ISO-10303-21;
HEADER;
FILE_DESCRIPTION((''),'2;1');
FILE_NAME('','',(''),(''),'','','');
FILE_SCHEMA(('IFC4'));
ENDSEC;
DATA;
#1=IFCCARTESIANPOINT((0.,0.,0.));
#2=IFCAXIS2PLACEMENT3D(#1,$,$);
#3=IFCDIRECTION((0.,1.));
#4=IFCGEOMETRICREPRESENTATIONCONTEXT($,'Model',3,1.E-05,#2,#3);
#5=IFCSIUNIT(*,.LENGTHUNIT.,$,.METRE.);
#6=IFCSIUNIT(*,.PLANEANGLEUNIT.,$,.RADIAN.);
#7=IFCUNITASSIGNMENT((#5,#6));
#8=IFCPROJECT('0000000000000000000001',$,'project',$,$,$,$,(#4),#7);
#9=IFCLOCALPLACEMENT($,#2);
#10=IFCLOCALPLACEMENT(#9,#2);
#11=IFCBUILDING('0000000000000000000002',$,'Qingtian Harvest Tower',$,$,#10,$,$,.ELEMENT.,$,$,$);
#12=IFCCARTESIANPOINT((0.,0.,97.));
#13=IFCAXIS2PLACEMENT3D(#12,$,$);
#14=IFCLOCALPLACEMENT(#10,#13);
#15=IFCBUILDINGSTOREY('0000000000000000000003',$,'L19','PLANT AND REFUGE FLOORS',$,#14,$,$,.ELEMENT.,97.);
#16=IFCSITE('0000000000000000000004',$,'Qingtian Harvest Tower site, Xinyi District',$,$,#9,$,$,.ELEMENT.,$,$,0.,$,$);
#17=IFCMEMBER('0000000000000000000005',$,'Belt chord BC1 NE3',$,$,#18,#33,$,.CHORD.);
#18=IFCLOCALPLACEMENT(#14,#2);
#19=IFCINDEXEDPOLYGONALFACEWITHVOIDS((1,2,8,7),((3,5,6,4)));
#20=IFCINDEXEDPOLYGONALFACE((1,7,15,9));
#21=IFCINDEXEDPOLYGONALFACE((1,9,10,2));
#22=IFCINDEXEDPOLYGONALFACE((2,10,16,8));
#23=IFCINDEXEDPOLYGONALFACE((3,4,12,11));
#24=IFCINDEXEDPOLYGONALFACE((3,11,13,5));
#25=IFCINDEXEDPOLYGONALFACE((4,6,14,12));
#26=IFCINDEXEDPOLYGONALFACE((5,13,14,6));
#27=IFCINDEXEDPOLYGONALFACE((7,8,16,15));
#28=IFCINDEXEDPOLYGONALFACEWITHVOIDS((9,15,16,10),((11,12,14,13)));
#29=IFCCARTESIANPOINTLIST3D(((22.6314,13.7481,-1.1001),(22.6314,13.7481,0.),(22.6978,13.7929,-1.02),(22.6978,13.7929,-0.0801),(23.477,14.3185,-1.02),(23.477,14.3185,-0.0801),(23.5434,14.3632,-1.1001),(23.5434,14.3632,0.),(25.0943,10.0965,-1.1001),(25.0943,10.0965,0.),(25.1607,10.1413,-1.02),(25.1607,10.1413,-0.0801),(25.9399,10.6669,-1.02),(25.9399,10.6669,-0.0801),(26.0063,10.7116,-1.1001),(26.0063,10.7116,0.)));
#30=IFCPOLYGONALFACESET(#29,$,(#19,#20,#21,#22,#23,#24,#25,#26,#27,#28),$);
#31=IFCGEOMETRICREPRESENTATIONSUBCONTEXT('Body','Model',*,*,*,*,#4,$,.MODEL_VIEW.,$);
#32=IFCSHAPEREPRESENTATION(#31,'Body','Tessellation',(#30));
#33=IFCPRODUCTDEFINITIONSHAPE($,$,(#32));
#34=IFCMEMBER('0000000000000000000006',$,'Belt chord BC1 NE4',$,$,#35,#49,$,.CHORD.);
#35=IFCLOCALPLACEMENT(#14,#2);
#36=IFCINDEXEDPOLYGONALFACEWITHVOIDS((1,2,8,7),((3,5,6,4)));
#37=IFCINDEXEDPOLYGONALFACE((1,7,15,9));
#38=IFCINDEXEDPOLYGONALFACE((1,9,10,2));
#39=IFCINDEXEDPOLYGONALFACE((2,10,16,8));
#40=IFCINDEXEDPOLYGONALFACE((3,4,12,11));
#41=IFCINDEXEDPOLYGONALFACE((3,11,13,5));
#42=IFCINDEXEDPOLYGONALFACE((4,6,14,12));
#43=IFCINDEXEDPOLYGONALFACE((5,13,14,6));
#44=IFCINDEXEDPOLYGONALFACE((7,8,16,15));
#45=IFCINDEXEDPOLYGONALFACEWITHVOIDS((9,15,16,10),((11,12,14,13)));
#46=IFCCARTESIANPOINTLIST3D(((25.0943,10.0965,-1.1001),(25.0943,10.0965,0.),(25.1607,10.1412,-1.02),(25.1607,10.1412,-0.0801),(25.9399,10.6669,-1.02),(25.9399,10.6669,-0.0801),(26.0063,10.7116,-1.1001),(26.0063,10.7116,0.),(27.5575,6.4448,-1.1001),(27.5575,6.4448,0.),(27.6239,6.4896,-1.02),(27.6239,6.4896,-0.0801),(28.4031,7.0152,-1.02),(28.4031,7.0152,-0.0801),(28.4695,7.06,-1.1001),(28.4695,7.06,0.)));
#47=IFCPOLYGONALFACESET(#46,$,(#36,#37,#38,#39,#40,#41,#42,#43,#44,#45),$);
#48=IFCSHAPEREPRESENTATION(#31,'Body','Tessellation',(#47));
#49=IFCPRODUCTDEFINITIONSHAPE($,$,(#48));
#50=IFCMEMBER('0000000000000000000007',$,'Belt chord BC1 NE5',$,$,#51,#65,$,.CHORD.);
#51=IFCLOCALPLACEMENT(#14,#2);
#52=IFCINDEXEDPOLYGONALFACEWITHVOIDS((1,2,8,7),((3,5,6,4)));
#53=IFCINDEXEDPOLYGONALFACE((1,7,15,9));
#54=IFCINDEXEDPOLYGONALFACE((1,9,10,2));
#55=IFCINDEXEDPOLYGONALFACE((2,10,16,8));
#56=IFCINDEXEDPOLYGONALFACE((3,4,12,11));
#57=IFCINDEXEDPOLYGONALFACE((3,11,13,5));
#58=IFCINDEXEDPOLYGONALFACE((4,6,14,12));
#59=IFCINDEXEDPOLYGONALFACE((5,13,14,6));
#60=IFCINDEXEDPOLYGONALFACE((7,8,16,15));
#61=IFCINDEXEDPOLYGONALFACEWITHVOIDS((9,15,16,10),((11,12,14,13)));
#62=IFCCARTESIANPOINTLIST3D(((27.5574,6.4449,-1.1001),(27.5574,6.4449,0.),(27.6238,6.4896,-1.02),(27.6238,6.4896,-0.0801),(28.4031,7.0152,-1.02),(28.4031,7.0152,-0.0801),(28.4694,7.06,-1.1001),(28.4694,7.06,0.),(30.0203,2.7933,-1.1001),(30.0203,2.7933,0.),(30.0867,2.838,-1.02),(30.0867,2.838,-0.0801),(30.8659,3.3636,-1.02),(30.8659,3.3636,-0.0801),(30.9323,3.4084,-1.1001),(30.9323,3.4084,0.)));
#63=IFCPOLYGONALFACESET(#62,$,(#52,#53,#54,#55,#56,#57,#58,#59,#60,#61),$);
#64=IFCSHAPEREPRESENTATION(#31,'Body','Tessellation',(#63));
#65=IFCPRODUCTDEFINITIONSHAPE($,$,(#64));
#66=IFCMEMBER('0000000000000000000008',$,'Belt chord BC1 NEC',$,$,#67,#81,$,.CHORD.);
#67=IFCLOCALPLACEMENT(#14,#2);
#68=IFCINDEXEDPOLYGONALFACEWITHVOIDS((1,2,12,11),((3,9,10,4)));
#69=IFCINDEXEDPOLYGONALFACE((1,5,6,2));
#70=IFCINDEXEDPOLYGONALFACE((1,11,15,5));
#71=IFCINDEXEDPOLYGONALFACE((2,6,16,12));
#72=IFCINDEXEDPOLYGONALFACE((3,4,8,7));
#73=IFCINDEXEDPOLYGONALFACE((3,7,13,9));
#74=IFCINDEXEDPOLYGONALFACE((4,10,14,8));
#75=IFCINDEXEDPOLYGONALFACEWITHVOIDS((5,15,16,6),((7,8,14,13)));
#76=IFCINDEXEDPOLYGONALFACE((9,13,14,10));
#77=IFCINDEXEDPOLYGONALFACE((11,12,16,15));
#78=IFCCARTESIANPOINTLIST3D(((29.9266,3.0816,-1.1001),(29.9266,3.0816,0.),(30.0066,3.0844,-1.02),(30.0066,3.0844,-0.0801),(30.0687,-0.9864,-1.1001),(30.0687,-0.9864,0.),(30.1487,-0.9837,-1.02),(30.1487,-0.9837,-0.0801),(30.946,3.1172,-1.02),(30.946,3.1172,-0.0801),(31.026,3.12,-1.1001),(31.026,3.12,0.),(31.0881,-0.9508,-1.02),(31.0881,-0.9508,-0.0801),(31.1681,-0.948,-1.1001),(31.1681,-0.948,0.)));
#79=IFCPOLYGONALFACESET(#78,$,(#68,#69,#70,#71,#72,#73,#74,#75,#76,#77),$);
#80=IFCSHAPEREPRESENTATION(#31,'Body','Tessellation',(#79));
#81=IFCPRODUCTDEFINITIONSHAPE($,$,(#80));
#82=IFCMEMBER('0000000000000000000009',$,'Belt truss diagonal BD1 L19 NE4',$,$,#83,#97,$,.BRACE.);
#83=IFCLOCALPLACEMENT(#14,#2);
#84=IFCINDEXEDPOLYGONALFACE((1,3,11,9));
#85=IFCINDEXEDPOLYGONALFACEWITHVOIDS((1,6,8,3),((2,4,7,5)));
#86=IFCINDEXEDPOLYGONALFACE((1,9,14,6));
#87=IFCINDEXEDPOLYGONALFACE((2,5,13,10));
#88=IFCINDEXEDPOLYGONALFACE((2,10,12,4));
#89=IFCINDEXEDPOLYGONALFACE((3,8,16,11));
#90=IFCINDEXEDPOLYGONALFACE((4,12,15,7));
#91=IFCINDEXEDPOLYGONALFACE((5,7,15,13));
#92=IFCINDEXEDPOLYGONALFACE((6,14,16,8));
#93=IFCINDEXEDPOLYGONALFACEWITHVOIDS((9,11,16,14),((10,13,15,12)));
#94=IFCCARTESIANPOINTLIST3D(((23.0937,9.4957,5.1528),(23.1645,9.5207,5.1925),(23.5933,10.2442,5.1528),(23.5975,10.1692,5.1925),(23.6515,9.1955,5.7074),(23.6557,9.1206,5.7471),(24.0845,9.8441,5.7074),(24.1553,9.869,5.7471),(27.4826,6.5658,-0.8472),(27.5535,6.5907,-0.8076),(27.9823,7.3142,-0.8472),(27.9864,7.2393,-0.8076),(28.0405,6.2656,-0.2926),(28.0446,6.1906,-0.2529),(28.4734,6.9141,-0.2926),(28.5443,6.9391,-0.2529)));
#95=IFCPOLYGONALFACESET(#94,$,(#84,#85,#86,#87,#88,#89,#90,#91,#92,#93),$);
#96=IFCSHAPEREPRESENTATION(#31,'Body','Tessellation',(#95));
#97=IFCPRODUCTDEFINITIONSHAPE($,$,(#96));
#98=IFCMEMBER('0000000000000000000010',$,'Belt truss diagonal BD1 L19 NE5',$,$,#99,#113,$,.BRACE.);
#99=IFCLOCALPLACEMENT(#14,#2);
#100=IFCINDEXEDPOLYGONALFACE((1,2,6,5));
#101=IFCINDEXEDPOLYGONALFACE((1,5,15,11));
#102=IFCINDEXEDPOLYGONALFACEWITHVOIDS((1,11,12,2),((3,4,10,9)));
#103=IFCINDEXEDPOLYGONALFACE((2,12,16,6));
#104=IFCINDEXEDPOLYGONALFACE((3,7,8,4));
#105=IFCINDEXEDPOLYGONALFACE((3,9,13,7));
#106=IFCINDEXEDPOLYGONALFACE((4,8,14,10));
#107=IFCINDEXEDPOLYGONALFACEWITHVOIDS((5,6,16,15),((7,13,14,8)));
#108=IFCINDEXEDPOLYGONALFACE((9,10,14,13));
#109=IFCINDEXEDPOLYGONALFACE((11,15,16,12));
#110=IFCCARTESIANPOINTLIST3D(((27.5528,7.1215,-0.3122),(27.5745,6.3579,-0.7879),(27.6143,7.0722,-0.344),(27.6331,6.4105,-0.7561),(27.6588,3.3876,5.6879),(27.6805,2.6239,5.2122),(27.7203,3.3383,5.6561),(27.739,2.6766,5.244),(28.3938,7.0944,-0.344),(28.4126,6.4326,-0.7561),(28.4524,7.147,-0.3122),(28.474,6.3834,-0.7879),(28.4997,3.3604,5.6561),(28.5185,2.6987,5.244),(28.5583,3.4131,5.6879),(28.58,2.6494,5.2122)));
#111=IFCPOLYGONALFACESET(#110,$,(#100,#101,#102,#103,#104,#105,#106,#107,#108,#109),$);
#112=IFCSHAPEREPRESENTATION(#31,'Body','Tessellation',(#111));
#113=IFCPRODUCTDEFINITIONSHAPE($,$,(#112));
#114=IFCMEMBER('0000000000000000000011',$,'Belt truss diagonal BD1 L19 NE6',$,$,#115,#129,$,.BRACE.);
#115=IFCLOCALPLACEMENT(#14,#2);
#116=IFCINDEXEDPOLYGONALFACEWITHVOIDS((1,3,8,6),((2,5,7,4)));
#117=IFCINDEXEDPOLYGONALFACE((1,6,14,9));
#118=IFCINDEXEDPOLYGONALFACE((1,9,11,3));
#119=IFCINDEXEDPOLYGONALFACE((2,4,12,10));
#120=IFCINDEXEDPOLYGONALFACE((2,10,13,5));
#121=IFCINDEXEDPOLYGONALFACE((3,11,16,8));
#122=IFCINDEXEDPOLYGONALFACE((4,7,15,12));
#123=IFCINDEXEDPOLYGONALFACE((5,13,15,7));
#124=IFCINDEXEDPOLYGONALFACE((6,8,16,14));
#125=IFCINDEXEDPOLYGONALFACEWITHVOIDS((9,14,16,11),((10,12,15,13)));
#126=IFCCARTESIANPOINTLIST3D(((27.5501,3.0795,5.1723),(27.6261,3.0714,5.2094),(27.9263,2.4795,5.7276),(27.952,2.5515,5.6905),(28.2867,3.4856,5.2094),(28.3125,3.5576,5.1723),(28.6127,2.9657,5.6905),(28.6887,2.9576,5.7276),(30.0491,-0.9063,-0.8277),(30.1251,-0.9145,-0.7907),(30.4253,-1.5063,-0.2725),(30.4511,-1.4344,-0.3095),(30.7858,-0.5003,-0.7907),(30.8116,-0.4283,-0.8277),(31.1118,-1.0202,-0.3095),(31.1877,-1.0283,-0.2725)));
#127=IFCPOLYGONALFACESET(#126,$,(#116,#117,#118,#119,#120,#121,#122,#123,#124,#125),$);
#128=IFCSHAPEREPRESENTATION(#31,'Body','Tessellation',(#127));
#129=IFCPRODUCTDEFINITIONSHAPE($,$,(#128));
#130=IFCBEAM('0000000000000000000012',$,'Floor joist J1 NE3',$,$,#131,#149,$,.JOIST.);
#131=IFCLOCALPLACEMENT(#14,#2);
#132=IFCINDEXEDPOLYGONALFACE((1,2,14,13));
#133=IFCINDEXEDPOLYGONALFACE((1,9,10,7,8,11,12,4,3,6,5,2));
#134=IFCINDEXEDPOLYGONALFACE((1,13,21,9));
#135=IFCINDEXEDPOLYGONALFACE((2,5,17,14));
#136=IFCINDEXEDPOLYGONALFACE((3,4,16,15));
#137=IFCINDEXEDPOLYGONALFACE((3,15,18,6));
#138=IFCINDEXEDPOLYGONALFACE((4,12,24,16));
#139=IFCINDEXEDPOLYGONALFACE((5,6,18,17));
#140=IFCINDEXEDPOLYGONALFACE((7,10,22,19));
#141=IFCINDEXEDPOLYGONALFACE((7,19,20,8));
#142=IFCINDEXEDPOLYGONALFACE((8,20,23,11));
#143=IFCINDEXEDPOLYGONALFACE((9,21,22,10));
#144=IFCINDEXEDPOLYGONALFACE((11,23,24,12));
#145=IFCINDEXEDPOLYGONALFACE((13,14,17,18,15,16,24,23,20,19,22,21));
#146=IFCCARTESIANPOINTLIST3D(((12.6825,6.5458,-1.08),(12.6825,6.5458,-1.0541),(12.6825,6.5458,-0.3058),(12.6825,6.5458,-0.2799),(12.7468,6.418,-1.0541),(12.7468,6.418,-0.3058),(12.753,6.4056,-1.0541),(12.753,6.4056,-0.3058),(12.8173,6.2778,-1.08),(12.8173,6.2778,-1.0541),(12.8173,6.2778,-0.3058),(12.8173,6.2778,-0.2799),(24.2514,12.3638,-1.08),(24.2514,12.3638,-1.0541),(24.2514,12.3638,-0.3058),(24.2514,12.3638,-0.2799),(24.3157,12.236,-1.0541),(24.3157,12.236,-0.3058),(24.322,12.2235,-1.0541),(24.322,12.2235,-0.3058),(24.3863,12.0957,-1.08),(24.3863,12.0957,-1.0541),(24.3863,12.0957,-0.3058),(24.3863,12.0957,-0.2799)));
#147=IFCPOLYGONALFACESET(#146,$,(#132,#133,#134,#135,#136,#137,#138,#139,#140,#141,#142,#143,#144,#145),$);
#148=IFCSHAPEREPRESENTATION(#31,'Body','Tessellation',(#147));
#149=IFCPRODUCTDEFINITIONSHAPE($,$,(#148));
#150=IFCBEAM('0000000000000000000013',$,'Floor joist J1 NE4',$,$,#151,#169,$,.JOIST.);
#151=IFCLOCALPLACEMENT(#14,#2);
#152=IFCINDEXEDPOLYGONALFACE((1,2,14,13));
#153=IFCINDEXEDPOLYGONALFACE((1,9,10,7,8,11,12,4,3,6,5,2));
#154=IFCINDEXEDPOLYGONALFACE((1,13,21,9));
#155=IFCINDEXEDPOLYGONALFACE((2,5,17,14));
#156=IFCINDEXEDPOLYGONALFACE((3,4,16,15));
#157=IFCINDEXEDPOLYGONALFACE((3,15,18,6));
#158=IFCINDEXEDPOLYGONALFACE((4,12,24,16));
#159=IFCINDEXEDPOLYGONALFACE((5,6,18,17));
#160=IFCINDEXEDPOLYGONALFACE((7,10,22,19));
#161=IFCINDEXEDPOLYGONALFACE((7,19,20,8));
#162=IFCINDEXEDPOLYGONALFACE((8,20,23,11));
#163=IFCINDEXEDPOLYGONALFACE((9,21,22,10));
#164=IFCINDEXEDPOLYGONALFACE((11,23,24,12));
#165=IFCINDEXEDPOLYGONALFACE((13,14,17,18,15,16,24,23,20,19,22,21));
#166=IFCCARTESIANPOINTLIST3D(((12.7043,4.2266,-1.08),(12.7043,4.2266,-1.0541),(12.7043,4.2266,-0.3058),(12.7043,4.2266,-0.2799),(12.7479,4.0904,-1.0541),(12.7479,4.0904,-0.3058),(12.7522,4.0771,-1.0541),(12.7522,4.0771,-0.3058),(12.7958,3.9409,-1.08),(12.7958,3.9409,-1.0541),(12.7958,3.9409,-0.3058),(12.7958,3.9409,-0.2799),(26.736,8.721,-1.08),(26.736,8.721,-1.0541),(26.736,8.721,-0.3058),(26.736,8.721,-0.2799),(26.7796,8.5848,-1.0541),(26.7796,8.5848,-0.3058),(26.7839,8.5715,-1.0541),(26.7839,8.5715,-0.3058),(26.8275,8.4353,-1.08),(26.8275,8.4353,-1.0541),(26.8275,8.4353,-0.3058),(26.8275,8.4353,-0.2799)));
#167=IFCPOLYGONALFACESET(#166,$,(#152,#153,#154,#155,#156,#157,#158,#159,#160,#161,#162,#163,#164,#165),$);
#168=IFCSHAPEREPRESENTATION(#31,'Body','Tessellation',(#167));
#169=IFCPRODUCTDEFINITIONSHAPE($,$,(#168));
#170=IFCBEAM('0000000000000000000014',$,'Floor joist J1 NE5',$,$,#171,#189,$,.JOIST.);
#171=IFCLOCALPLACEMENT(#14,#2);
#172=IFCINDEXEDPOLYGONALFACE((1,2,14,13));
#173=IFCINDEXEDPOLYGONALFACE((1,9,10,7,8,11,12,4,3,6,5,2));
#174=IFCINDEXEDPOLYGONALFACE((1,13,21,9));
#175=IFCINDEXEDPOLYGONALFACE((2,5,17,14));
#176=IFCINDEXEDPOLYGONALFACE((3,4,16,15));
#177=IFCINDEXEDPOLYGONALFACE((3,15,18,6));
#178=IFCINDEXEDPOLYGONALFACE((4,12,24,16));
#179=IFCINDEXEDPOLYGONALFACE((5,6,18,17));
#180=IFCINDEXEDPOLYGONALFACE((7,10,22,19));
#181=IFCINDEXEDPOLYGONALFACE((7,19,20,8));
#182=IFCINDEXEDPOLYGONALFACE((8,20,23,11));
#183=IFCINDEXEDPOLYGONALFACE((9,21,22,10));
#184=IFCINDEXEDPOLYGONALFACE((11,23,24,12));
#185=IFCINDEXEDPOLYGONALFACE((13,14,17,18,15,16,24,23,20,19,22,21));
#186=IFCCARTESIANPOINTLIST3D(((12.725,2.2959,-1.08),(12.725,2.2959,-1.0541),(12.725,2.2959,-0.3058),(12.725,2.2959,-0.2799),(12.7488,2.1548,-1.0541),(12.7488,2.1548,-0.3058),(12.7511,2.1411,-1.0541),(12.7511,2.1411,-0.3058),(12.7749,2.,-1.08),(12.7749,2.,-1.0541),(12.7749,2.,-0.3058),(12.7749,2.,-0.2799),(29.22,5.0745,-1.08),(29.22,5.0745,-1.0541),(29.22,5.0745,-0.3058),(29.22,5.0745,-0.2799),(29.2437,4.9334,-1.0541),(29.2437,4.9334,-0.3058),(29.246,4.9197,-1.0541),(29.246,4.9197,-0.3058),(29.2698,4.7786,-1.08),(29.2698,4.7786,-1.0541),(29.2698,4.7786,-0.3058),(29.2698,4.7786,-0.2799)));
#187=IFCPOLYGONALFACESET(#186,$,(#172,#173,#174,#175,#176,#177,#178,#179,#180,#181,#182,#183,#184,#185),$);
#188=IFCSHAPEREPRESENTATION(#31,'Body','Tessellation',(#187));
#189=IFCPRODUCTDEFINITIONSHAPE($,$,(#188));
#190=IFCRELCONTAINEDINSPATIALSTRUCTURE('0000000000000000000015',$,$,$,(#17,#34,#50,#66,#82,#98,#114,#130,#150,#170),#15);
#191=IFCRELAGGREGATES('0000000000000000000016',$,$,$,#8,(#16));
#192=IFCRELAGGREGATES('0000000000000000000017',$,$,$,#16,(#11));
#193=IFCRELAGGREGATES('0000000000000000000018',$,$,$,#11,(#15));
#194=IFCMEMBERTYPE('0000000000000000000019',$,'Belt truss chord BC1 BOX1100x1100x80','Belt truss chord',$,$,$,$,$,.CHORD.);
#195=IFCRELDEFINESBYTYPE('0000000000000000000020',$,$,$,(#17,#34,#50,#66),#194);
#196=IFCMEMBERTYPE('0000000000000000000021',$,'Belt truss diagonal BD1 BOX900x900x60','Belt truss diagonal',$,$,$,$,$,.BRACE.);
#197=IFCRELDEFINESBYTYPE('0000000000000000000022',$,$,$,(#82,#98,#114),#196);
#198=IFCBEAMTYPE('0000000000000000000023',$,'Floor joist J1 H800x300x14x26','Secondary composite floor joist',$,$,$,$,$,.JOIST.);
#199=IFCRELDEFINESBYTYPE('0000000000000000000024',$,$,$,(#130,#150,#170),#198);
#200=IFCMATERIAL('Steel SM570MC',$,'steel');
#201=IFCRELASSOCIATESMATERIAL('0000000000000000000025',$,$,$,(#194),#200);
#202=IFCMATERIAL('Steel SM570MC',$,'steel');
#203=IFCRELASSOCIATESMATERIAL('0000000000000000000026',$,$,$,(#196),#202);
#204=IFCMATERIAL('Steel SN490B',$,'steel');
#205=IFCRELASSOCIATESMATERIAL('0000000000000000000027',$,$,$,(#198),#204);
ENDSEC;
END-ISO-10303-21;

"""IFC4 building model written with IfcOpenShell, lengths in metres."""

from ifc_helpers import new_model, si_unit, direction, frame, origin, origin_2d, place, context, subcontext, project, spatial, hollow_rectangle, i_section, extrude, material, material_profile, profile_set, type_object, element, save


model = new_model("IFC4")

# Units and contexts
model_context = context("Model", 3, precision=1e-05, world=origin(), true_north=direction((0.0, 1.0)))
body_context = subcontext(model_context, "Body", "Model", "MODEL_VIEW")
ifc_project = project(units=[si_unit("LENGTHUNIT", "METRE"), si_unit("PLANEANGLEUNIT", "RADIAN")], contexts=[model_context])

# Site, building, storey
site_placement = place(None, origin())
site = spatial("IfcSite", under=ifc_project, at=site_placement, Name="Qingtian Harvest Tower site, Xinyi District", CompositionType="ELEMENT", RefElevation=0.0)
building_placement = place(site_placement, origin())
building = spatial("IfcBuilding", under=site, at=building_placement, Name="Qingtian Harvest Tower", CompositionType="ELEMENT")
storey_placement = place(building_placement, frame((0.0, 0.0, 97.0)))
storey = spatial("IfcBuildingStorey", under=building, at=storey_placement, Name="L19", Description="PLANT AND REFUGE FLOORS", CompositionType="ELEMENT", Elevation=97.0)

# Members
ifc_material_1 = material(Name="Steel SM570MC", Category="steel")
ifc_material_profile_1 = material_profile(ifc_material_1, hollow_rectangle(XDim=1.1001, YDim=1.1001, WallThickness=0.0801, at=origin_2d()), Name="BOX1100x1100x80")
ifc_profile_set_1 = profile_set([ifc_material_profile_1], Name="Steel SM570MC")
member_type_1 = type_object("IfcMemberType", Name="Belt truss chord BC1 BOX1100x1100x80", Description="Belt truss chord", PredefinedType="CHORD", material=ifc_profile_set_1)
member_1_placement = place(storey_placement, frame((23.0874, 14.0557, -0.55), z_axis=(0.559169, -0.829054, 0.0), x_axis=(0.829054, 0.559169, 0.0)))
element("IfcMember", 1, at=member_1_placement, inside=storey, type_object=member_type_1, Name="Belt chord BC1 NE3", PredefinedType="CHORD", context=body_context, shape_type="SweptSolid", body=[
    extrude(hollow_rectangle(XDim=1.1001, YDim=1.1001, WallThickness=0.0801, at=origin_2d()), origin(), (0.0, 0.0, 1.0), 4.4045),
])
member_2_placement = place(storey_placement, frame((25.5503, 10.4041, -0.55), z_axis=(0.559207, -0.829028, 0.0), x_axis=(0.829028, 0.559207, 0.0)))
element("IfcMember", 2, at=member_2_placement, inside=storey, type_object=member_type_1, Name="Belt chord BC1 NE4", PredefinedType="CHORD", context=body_context, shape_type="SweptSolid", body=[
    extrude(hollow_rectangle(XDim=1.1001, YDim=1.1001, WallThickness=0.0801, at=origin_2d()), origin(), (0.0, 0.0, 1.0), 4.4048),
])
member_3_placement = place(storey_placement, frame((28.0134, 6.7524, -0.55), z_axis=(0.559169, -0.829054, 0.0), x_axis=(0.829054, 0.559169, 0.0)))
element("IfcMember", 3, at=member_3_placement, inside=storey, type_object=member_type_1, Name="Belt chord BC1 NE5", PredefinedType="CHORD", context=body_context, shape_type="SweptSolid", body=[
    extrude(hollow_rectangle(XDim=1.1001, YDim=1.1001, WallThickness=0.0801, at=origin_2d()), origin(), (0.0, 0.0, 1.0), 4.4045),
])
member_4_placement = place(storey_placement, frame((30.4763, 3.1008, -0.55), z_axis=(0.034906, -0.999391, 0.0), x_axis=(0.999391, 0.034906, 0.0)))
element("IfcMember", 4, at=member_4_placement, inside=storey, type_object=member_type_1, Name="Belt chord BC1 NEC", PredefinedType="CHORD", context=body_context, shape_type="SweptSolid", body=[
    extrude(hollow_rectangle(XDim=1.1001, YDim=1.1001, WallThickness=0.0801, at=origin_2d()), origin(), (0.0, 0.0, 1.0), 4.0706),
])
ifc_material_2 = material(Name="Steel SM570MC", Category="steel")
ifc_material_profile_2 = material_profile(ifc_material_2, hollow_rectangle(XDim=0.8999, YDim=0.8999, WallThickness=0.0601, at=origin_2d()), Name="BOX900x900x60")
ifc_profile_set_2 = profile_set([ifc_material_profile_2], Name="Steel SM570MC")
member_type_2 = type_object("IfcMemberType", Name="Belt truss diagonal BD1 BOX900x900x60", Description="Belt truss diagonal", PredefinedType="BRACE", material=ifc_profile_set_2)
member_5_placement = place(storey_placement, frame((23.6245, 9.6824, 5.45), z_axis=(0.549271, -0.36668, -0.750898), x_axis=(0.555223, 0.831701, 0.0)))
element("IfcMember", 5, at=member_5_placement, inside=storey, type_object=member_type_2, Name="Belt truss diagonal BD1 L19 NE4", PredefinedType="BRACE", context=body_context, shape_type="SweptSolid", body=[
    extrude(hollow_rectangle(XDim=0.8999, YDim=0.8999, WallThickness=0.0601, at=origin_2d()), origin(), (0.0, 0.0, 1.0), 7.9905),
])
member_6_placement = place(storey_placement, frame((28.0134, 6.7524, -0.55), z_axis=(0.014992, -0.528299, 0.848926), x_axis=(0.999598, 0.028366, 0.0)))
element("IfcMember", 6, at=member_6_placement, inside=storey, type_object=member_type_2, Name="Belt truss diagonal BD1 L19 NE5", PredefinedType="BRACE", context=body_context, shape_type="SweptSolid", body=[
    extrude(hollow_rectangle(XDim=0.8999, YDim=0.8999, WallThickness=0.0601, at=origin_2d()), origin(), (0.0, 0.0, 1.0), 7.0679),
])
member_7_placement = place(storey_placement, frame((28.1194, 3.0186, 5.45), z_axis=(0.327765, -0.522772, -0.786943), x_axis=(0.847245, 0.531202, 0.0)))
element("IfcMember", 7, at=member_7_placement, inside=storey, type_object=member_type_2, Name="Belt truss diagonal BD1 L19 NE6", PredefinedType="BRACE", context=body_context, shape_type="SweptSolid", body=[
    extrude(hollow_rectangle(XDim=0.8999, YDim=0.8999, WallThickness=0.0601, at=origin_2d()), origin(), (0.0, 0.0, 1.0), 7.6245),
])

# Beams
ifc_material_3 = material(Name="Steel SN490B", Category="steel")
ifc_material_profile_3 = material_profile(ifc_material_3, i_section(OverallWidth=0.3, OverallDepth=0.8, WebThickness=0.0139, FlangeThickness=0.0259, at=origin_2d()), Name="H800x300x14x26")
ifc_profile_set_3 = profile_set([ifc_material_profile_3], Name="Steel SN490B")
beam_type_1 = type_object("IfcBeamType", Name="Floor joist J1 H800x300x14x26", Description="Secondary composite floor joist", PredefinedType="JOIST", material=ifc_profile_set_3)
beam_1_placement = place(storey_placement, frame((24.3188, 12.2297, -0.6799), z_axis=(-0.893392, -0.449279, 0.0), x_axis=(0.449279, -0.893392, 0.0)))
element("IfcBeam", 8, at=beam_1_placement, inside=storey, type_object=beam_type_1, Name="Floor joist J1 NE3", PredefinedType="JOIST", context=body_context, shape_type="SweptSolid", body=[
    extrude(i_section(OverallWidth=0.3, OverallDepth=0.8, WebThickness=0.0139, FlangeThickness=0.0259, at=origin_2d()), origin(), (0.0, 0.0, 1.0), 12.9495),
])
beam_2_placement = place(storey_placement, frame((26.7817, 8.5781, -0.6799), z_axis=(-0.952341, -0.305036, 0.0), x_axis=(0.305036, -0.952341, 0.0)))
element("IfcBeam", 9, at=beam_2_placement, inside=storey, type_object=beam_type_1, Name="Floor joist J1 NE4", PredefinedType="JOIST", context=body_context, shape_type="SweptSolid", body=[
    extrude(i_section(OverallWidth=0.3, OverallDepth=0.8, WebThickness=0.0139, FlangeThickness=0.0259, at=origin_2d()), origin(), (0.0, 0.0, 1.0), 14.7339),
])
beam_3_placement = place(storey_placement, frame((29.2449, 4.9265, -0.6799), z_axis=(-0.986107, -0.16611, 0.0), x_axis=(0.16611, -0.986107, 0.0)))
element("IfcBeam", 10, at=beam_3_placement, inside=storey, type_object=beam_type_1, Name="Floor joist J1 NE5", PredefinedType="JOIST", context=body_context, shape_type="SweptSolid", body=[
    extrude(i_section(OverallWidth=0.3, OverallDepth=0.8, WebThickness=0.0139, FlangeThickness=0.0259, at=origin_2d()), origin(), (0.0, 0.0, 1.0), 16.7273),
])

save(model, "model.ifc")
